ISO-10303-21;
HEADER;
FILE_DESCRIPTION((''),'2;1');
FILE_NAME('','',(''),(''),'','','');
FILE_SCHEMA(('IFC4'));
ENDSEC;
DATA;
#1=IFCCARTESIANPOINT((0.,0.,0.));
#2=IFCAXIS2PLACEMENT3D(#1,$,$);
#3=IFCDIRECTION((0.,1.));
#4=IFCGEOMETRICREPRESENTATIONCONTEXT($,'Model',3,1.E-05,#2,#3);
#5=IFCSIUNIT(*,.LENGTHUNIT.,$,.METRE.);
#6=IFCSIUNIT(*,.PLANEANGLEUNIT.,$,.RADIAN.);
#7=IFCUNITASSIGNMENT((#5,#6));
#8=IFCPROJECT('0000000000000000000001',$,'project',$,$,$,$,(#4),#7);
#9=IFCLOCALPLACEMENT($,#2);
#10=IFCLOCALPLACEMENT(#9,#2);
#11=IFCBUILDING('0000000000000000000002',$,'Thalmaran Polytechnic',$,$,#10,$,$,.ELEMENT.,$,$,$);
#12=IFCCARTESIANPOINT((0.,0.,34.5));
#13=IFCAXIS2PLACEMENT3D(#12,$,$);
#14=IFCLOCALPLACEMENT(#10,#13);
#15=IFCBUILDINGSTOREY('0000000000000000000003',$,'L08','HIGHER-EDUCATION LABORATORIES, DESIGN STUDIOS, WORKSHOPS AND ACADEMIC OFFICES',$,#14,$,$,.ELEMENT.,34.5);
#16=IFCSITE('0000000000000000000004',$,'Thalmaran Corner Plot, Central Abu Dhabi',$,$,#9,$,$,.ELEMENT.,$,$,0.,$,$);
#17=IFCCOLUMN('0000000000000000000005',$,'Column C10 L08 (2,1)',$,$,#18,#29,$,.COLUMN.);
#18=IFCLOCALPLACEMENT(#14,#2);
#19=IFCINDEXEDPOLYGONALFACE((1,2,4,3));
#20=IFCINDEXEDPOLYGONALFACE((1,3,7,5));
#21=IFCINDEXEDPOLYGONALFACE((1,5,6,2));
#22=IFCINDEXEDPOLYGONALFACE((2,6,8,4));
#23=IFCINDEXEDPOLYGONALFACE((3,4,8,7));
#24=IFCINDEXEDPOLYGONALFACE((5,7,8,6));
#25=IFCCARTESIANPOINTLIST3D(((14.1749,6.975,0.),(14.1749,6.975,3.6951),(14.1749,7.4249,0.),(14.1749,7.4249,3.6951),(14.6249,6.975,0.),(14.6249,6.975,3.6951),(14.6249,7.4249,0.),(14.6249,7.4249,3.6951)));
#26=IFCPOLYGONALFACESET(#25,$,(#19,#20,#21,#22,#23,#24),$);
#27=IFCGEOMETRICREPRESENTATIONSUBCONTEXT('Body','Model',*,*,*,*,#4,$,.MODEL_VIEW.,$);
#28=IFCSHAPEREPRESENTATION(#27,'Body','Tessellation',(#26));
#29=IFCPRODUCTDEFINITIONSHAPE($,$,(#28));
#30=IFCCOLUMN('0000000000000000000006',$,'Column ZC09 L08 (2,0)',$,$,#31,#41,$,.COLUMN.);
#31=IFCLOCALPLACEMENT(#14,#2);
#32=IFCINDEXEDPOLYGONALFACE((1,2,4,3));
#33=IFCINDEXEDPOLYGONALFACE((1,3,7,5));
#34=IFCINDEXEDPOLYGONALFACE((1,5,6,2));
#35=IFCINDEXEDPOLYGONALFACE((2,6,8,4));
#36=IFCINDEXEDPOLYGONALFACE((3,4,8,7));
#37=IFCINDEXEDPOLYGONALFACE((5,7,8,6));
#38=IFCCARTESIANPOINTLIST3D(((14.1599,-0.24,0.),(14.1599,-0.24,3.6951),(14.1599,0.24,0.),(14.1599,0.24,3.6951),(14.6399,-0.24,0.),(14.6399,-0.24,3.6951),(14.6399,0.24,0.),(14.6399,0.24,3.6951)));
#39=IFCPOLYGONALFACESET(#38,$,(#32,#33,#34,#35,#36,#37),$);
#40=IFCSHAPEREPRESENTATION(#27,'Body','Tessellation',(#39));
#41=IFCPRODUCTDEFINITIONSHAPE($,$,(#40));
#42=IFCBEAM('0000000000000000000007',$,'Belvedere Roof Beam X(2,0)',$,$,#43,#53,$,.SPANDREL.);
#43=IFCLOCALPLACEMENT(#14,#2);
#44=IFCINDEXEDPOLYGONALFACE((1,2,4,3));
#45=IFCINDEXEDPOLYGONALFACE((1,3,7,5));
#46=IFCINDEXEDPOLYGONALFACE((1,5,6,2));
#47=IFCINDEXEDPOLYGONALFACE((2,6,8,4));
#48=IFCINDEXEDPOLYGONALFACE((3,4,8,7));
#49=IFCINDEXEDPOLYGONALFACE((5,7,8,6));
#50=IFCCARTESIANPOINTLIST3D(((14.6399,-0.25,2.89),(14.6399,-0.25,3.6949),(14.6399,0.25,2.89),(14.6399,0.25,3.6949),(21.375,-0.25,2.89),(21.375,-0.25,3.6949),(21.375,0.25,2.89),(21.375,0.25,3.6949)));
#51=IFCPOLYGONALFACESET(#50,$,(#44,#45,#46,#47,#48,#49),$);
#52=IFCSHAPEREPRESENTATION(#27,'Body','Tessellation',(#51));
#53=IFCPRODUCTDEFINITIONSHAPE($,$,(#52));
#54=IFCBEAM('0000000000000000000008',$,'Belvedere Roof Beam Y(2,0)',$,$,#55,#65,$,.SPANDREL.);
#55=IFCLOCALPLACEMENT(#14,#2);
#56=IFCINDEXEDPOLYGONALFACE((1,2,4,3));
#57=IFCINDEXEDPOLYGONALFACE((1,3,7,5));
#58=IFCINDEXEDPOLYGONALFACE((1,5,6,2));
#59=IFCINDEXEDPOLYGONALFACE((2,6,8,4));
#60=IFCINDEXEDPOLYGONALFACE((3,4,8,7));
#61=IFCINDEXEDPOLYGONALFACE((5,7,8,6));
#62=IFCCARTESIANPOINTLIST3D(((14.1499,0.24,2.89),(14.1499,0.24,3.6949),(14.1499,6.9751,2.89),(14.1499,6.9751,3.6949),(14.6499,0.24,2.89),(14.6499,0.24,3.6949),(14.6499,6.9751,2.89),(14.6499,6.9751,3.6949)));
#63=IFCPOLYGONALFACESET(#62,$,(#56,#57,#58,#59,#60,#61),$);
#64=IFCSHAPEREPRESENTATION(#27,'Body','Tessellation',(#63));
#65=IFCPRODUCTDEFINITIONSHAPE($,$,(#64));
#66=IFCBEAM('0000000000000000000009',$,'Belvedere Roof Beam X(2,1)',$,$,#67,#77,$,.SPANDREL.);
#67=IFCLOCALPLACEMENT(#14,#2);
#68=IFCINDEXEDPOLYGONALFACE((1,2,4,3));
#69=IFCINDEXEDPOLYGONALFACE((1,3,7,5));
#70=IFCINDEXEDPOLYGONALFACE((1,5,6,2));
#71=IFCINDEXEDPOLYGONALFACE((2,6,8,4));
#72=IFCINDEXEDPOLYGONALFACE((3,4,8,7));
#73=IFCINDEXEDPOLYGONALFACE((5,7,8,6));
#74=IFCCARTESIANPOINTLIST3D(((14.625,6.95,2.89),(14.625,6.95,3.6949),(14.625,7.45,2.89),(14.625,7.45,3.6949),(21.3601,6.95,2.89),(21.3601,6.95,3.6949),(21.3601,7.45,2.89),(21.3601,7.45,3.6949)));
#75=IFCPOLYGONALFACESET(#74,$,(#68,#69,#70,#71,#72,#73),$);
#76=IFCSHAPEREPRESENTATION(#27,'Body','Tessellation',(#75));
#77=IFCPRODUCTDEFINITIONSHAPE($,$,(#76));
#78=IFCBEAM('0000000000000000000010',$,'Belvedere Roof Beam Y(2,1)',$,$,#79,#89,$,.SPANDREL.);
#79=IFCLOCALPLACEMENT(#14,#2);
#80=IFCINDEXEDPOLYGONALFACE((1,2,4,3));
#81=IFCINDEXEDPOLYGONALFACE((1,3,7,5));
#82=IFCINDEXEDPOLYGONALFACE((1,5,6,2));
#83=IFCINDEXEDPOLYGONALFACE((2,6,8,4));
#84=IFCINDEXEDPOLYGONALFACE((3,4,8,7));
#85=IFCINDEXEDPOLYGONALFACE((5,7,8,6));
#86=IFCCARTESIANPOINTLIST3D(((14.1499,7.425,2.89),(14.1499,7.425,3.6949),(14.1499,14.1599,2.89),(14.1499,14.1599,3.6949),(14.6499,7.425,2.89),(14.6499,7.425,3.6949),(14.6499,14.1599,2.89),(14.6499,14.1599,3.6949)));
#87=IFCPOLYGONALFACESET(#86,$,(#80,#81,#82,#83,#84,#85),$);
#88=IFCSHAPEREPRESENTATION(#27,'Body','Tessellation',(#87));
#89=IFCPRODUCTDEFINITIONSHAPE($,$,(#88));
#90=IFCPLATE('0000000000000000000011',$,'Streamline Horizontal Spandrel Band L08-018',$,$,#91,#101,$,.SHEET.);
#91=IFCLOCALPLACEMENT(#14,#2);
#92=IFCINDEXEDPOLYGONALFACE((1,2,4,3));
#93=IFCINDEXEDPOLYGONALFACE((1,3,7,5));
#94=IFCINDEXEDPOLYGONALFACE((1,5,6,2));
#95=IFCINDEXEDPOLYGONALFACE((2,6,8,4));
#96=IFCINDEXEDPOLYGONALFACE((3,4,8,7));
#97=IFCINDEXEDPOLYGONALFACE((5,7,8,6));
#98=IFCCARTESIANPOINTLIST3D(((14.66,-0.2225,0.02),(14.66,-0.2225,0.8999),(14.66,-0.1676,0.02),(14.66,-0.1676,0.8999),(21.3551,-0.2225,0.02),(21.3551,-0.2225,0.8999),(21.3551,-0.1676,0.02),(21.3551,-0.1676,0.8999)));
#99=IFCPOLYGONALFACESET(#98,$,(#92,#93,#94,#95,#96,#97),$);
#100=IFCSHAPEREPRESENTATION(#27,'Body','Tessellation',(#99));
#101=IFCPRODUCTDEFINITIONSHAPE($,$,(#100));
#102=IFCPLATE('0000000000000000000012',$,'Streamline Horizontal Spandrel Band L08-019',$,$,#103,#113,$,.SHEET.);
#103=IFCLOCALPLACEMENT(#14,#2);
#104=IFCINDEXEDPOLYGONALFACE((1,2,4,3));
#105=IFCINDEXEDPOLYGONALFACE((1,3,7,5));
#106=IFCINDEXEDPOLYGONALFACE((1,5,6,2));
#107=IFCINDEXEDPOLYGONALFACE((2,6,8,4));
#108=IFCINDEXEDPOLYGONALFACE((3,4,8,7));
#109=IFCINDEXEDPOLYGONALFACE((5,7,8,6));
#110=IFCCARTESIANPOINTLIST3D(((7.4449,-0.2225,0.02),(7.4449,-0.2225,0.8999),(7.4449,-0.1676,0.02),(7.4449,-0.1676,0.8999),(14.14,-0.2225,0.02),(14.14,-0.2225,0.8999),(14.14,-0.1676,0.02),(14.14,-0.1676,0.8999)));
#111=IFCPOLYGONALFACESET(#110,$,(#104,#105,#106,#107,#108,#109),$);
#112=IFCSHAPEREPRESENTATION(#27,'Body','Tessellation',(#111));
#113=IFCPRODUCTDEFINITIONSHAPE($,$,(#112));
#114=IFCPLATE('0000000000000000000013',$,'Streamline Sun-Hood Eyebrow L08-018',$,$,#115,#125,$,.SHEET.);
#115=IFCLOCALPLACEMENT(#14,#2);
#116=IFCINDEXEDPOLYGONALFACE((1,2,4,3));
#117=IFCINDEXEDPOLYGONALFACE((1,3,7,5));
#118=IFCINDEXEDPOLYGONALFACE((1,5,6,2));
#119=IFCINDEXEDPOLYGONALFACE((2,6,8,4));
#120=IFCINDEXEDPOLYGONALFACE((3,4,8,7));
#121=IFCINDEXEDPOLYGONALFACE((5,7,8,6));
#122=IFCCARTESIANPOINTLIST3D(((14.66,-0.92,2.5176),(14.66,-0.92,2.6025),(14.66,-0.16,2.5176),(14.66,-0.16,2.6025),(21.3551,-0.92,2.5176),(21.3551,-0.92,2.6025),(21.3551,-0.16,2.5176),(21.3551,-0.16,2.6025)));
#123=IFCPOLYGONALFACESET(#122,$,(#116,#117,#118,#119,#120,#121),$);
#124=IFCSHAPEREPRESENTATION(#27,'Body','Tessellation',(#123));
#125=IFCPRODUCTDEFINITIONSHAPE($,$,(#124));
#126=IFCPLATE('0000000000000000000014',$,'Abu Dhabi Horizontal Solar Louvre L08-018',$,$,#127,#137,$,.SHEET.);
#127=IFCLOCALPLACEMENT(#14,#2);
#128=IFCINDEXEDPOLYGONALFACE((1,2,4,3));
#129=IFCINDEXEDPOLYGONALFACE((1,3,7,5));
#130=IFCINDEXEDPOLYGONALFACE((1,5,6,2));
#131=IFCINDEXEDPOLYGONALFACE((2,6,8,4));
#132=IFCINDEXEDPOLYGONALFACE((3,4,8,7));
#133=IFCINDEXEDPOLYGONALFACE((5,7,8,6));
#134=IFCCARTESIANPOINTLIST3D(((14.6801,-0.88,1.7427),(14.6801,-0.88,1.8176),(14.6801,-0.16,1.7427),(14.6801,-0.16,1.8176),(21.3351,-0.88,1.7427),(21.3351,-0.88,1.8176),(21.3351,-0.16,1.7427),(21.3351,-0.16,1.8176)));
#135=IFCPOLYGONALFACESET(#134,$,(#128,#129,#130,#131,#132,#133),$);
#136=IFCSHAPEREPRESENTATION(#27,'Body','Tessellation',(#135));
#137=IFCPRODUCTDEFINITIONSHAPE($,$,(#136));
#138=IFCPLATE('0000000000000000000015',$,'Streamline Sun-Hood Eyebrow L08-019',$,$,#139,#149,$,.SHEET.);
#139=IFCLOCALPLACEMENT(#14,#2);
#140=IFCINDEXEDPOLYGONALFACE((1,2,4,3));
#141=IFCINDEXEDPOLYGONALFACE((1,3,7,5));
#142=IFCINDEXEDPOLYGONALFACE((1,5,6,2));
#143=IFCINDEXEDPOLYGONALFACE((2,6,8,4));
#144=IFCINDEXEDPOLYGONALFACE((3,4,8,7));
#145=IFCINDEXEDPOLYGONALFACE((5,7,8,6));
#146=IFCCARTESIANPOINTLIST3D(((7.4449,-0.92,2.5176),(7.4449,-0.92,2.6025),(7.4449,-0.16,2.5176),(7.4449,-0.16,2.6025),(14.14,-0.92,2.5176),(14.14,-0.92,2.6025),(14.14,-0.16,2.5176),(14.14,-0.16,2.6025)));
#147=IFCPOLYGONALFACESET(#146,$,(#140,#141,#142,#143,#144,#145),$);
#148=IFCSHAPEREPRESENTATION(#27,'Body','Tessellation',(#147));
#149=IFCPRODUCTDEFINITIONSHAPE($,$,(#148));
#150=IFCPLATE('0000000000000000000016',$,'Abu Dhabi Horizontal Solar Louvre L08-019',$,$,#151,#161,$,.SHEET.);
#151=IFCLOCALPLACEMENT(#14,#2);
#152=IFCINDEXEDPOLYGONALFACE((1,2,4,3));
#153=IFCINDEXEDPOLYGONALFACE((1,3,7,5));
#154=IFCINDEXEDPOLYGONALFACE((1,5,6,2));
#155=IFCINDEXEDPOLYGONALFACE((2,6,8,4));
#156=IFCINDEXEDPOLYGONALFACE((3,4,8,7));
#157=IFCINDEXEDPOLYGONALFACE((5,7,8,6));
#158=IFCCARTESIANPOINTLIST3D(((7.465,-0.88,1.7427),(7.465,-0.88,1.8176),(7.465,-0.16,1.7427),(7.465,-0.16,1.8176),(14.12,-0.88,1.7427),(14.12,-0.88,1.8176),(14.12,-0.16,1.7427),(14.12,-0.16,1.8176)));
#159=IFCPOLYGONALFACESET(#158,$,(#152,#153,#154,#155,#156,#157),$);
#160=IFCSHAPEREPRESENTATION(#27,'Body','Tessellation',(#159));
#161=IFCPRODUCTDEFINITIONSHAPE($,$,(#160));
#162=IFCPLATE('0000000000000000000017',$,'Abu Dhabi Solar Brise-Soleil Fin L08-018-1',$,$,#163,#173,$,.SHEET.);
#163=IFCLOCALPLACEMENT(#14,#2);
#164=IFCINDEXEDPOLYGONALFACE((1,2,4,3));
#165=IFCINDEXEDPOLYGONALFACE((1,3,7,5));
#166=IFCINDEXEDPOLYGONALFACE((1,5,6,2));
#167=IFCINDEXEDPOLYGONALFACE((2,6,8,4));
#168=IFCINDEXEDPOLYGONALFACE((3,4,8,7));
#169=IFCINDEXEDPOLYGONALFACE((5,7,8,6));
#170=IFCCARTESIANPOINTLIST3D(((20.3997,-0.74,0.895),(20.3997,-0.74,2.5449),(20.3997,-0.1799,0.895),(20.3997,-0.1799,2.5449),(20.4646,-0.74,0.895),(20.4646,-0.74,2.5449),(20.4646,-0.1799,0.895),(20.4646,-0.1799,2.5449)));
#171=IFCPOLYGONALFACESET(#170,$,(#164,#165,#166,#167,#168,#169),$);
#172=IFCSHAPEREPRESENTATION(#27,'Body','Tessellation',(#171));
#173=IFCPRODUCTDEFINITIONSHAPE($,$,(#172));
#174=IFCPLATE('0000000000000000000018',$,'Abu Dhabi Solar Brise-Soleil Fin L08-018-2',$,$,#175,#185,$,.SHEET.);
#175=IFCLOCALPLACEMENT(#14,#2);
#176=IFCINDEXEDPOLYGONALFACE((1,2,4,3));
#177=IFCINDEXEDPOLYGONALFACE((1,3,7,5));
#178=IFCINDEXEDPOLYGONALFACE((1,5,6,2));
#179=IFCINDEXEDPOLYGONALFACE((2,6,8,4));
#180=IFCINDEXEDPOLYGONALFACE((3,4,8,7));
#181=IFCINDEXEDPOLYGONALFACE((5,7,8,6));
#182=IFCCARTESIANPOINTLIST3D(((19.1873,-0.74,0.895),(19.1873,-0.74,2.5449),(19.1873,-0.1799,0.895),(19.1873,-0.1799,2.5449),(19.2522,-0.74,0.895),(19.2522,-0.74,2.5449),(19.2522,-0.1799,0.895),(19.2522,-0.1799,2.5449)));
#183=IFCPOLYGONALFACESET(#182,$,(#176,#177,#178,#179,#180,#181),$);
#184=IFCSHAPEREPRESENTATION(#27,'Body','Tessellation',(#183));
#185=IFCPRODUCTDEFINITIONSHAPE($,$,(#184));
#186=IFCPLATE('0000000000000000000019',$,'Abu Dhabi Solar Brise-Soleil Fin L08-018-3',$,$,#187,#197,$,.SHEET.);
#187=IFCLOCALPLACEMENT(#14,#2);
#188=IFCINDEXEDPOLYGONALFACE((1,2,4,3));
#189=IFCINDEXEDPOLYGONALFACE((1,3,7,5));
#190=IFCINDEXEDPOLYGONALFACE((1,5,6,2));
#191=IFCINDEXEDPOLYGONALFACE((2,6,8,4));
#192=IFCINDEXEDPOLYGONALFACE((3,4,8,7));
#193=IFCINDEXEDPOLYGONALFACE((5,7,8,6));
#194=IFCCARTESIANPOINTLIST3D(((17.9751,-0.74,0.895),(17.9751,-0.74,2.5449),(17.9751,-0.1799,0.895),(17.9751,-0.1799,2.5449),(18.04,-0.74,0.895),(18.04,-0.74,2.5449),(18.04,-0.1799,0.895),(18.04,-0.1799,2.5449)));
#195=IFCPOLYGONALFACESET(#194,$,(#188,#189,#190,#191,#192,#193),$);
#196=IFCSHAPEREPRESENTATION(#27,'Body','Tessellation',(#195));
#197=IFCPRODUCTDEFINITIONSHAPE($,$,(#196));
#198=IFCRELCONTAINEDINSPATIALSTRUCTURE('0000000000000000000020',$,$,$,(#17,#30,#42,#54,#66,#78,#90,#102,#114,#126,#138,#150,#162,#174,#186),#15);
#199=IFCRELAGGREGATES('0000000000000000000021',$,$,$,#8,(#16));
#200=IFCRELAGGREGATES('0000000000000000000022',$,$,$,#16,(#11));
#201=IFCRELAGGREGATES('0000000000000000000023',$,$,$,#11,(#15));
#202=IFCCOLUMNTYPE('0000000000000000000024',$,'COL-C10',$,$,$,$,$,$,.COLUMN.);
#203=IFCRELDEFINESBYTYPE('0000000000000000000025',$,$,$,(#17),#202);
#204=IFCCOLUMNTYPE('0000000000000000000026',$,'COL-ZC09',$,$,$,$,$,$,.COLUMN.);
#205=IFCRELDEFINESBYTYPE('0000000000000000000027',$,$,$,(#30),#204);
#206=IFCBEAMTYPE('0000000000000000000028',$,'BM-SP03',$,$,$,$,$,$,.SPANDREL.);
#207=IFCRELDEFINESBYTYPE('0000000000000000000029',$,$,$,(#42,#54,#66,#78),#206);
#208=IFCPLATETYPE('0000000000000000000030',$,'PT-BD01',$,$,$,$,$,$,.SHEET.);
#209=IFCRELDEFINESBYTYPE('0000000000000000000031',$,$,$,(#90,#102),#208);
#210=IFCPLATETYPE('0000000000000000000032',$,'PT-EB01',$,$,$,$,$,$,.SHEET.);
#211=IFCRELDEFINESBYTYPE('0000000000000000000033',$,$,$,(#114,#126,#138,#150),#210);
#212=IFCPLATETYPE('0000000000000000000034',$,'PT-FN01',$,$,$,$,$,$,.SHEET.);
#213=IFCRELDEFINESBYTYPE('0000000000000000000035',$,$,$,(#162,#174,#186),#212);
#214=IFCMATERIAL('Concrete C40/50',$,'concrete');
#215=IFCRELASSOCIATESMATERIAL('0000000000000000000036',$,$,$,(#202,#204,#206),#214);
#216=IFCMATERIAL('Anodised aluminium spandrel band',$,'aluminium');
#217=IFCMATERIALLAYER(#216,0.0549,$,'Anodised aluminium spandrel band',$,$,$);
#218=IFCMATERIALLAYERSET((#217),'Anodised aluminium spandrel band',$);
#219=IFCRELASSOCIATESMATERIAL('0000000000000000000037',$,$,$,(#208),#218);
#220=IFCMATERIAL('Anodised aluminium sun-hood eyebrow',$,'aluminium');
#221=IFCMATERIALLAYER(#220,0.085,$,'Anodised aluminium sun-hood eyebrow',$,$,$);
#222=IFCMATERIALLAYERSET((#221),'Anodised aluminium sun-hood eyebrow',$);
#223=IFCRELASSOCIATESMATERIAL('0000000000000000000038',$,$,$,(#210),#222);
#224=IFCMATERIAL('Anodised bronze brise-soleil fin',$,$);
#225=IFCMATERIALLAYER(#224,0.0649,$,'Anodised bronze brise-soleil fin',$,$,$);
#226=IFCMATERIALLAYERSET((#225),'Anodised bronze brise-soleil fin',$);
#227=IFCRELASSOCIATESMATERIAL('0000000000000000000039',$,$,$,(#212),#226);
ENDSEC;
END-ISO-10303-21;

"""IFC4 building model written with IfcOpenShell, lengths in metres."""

from ifc_helpers import new_model, si_unit, direction, frame, origin, origin_2d, place, context, subcontext, project, spatial, rectangle, extrude, material, layer, layer_set, material_profile, profile_set, type_object, element, save


model = new_model("IFC4")

# Units and contexts
model_context = context("Model", 3, precision=1e-05, world=origin(), true_north=direction((0.0, 1.0)))
body_context = subcontext(model_context, "Body", "Model", "MODEL_VIEW")
ifc_project = project(units=[si_unit("LENGTHUNIT", "METRE"), si_unit("PLANEANGLEUNIT", "RADIAN")], contexts=[model_context])

# Site, building, storey
site_placement = place(None, origin())
site = spatial("IfcSite", under=ifc_project, at=site_placement, Name="Thalmaran Corner Plot, Central Abu Dhabi", CompositionType="ELEMENT", RefElevation=0.0)
building_placement = place(site_placement, origin())
building = spatial("IfcBuilding", under=site, at=building_placement, Name="Thalmaran Polytechnic", CompositionType="ELEMENT")
storey_placement = place(building_placement, frame((0.0, 0.0, 34.5)))
storey = spatial("IfcBuildingStorey", under=building, at=storey_placement, Name="L08", Description="HIGHER-EDUCATION LABORATORIES, DESIGN STUDIOS, WORKSHOPS AND ACADEMIC OFFICES", CompositionType="ELEMENT", Elevation=34.5)

# Columns
ifc_material_1 = material(Name="Concrete C40/50", Category="concrete")
ifc_material_profile_1 = material_profile(ifc_material_1, rectangle(XDim=0.45, YDim=0.45, at=origin_2d()), Name="RC 450x450")
ifc_profile_set_1 = profile_set([ifc_material_profile_1], Name="Concrete C40/50")
column_type_1 = type_object("IfcColumnType", Name="COL-C10", PredefinedType="COLUMN", material=ifc_profile_set_1)
column_1_placement = place(storey_placement, frame((14.3999, 7.2, 0.0), z_axis=(0.0, 0.0, 1.0), x_axis=(1.0, 0.0, 0.0)))
element("IfcColumn", 1, at=column_1_placement, inside=storey, type_object=column_type_1, Name="Column C10 L08 (2,1)", PredefinedType="COLUMN", context=body_context, shape_type="SweptSolid", body=[
    extrude(rectangle(XDim=0.45, YDim=0.45, at=origin_2d()), origin(), (0.0, 0.0, 1.0), 3.6951),
])
ifc_material_profile_2 = material_profile(ifc_material_1, rectangle(XDim=0.48, YDim=0.48, at=origin_2d()), Name="RC 480x480")
ifc_profile_set_2 = profile_set([ifc_material_profile_2], Name="Concrete C40/50")
column_type_2 = type_object("IfcColumnType", Name="COL-ZC09", PredefinedType="COLUMN", material=ifc_profile_set_2)
column_2_placement = place(storey_placement, frame((14.3999, 0.0, 0.0), z_axis=(0.0, 0.0, 1.0), x_axis=(1.0, 0.0, 0.0)))
element("IfcColumn", 2, at=column_2_placement, inside=storey, type_object=column_type_2, Name="Column ZC09 L08 (2,0)", PredefinedType="COLUMN", context=body_context, shape_type="SweptSolid", body=[
    extrude(rectangle(XDim=0.48, YDim=0.48, at=origin_2d()), origin(), (0.0, 0.0, 1.0), 3.6951),
])

# Beams
ifc_material_profile_3 = material_profile(ifc_material_1, rectangle(XDim=0.5, YDim=0.8049, at=origin_2d()), Name="RC 500x805")
ifc_profile_set_3 = profile_set([ifc_material_profile_3], Name="Concrete C40/50")
beam_type = type_object("IfcBeamType", Name="BM-SP03", PredefinedType="SPANDREL", material=ifc_profile_set_3)
for number, where, z_axis, x_axis, name in (
    (3, (14.6399, 0.0, 3.2925), (1.0, 0.0, 0.0), (0.0, 1.0, 0.0), "Belvedere Roof Beam X(2,0)"),
    (4, (14.3999, 0.24, 3.2925), (0.0, 1.0, 0.0), (-1.0, 0.0, 0.0), "Belvedere Roof Beam Y(2,0)"),
    (5, (14.625, 7.2, 3.2925), (1.0, 0.0, 0.0), (0.0, 1.0, 0.0), "Belvedere Roof Beam X(2,1)"),
):
    element("IfcBeam", number, at=place(storey_placement, frame(where, z_axis=z_axis, x_axis=x_axis)), inside=storey, type_object=beam_type, Name=name, PredefinedType="SPANDREL", context=body_context, shape_type="SweptSolid", body=[
        extrude(rectangle(XDim=0.5, YDim=0.8049, at=origin_2d()), origin(), (0.0, 0.0, 1.0), 6.7351),
    ])
beam_placement = place(storey_placement, frame((14.3999, 7.425, 3.2925), z_axis=(0.0, 1.0, 0.0), x_axis=(-1.0, 0.0, 0.0)))
element("IfcBeam", 6, at=beam_placement, inside=storey, type_object=beam_type, Name="Belvedere Roof Beam Y(2,1)", PredefinedType="SPANDREL", context=body_context, shape_type="SweptSolid", body=[
    extrude(rectangle(XDim=0.5, YDim=0.8049, at=origin_2d()), origin(), (0.0, 0.0, 1.0), 6.7349),
])

# Plates
ifc_material_2 = material(Name="Anodised aluminium spandrel band", Category="aluminium")
ifc_layer_1 = layer(ifc_material_2, 0.0549, Name="Anodised aluminium spandrel band")
ifc_layer_set_1 = layer_set([ifc_layer_1], Name="Anodised aluminium spandrel band")
plate_type_1 = type_object("IfcPlateType", Name="PT-BD01", PredefinedType="SHEET", material=ifc_layer_set_1)
for number, where, z_axis, x_axis, name in (
    (7, (18.0076, -0.1951, 0.02), (0.0, 0.0, 1.0), (-1.0, 0.0, 0.0), "Streamline Horizontal Spandrel Band L08-018"),
    (8, (10.7925, -0.1951, 0.02), (0.0, 0.0, 1.0), (-1.0, 0.0, 0.0), "Streamline Horizontal Spandrel Band L08-019"),
):
    element("IfcPlate", number, at=place(storey_placement, frame(where, z_axis=z_axis, x_axis=x_axis)), inside=storey, type_object=plate_type_1, Name=name, PredefinedType="SHEET", context=body_context, shape_type="SweptSolid", body=[
        extrude(rectangle(XDim=6.6951, YDim=0.0549, at=origin_2d()), origin(), (0.0, 0.0, 1.0), 0.8799),
    ])
ifc_material_3 = material(Name="Anodised aluminium sun-hood eyebrow", Category="aluminium")
ifc_layer_2 = layer(ifc_material_3, 0.085, Name="Anodised aluminium sun-hood eyebrow")
ifc_layer_set_2 = layer_set([ifc_layer_2], Name="Anodised aluminium sun-hood eyebrow")
plate_type_2 = type_object("IfcPlateType", Name="PT-EB01", PredefinedType="SHEET", material=ifc_layer_set_2)
plate_1_placement = place(storey_placement, frame((18.0076, -0.54, 2.5176), z_axis=(0.0, 0.0, 1.0), x_axis=(-1.0, 0.0, 0.0)))
element("IfcPlate", 9, at=plate_1_placement, inside=storey, type_object=plate_type_2, Name="Streamline Sun-Hood Eyebrow L08-018", PredefinedType="SHEET", context=body_context, shape_type="SweptSolid", body=[
    extrude(rectangle(XDim=6.6951, YDim=0.76, at=origin_2d()), origin(), (0.0, 0.0, 1.0), 0.085),
])
plate_2_placement = place(storey_placement, frame((18.0076, -0.52, 1.7427), z_axis=(0.0, 0.0, 1.0), x_axis=(-1.0, 0.0, 0.0)))
element("IfcPlate", 10, at=plate_2_placement, inside=storey, type_object=plate_type_2, Name="Abu Dhabi Horizontal Solar Louvre L08-018", PredefinedType="SHEET", context=body_context, shape_type="SweptSolid", body=[
    extrude(rectangle(XDim=6.655, YDim=0.72, at=origin_2d()), origin(), (0.0, 0.0, 1.0), 0.075),
])
plate_3_placement = place(storey_placement, frame((10.7925, -0.54, 2.5176), z_axis=(0.0, 0.0, 1.0), x_axis=(-1.0, 0.0, 0.0)))
element("IfcPlate", 11, at=plate_3_placement, inside=storey, type_object=plate_type_2, Name="Streamline Sun-Hood Eyebrow L08-019", PredefinedType="SHEET", context=body_context, shape_type="SweptSolid", body=[
    extrude(rectangle(XDim=6.6951, YDim=0.76, at=origin_2d()), origin(), (0.0, 0.0, 1.0), 0.085),
])
plate_4_placement = place(storey_placement, frame((10.7925, -0.52, 1.7427), z_axis=(0.0, 0.0, 1.0), x_axis=(-1.0, 0.0, 0.0)))
element("IfcPlate", 12, at=plate_4_placement, inside=storey, type_object=plate_type_2, Name="Abu Dhabi Horizontal Solar Louvre L08-019", PredefinedType="SHEET", context=body_context, shape_type="SweptSolid", body=[
    extrude(rectangle(XDim=6.655, YDim=0.72, at=origin_2d()), origin(), (0.0, 0.0, 1.0), 0.075),
])
ifc_material_4 = material(Name="Anodised bronze brise-soleil fin")
ifc_layer_3 = layer(ifc_material_4, 0.0649, Name="Anodised bronze brise-soleil fin")
ifc_layer_set_3 = layer_set([ifc_layer_3], Name="Anodised bronze brise-soleil fin")
plate_type_3 = type_object("IfcPlateType", Name="PT-FN01", PredefinedType="SHEET", material=ifc_layer_set_3)
for number, where, z_axis, x_axis, name in (
    (13, (20.4321, -0.46, 0.895), (0.0, 0.0, 1.0), (-1.0, 0.0, 0.0), "Abu Dhabi Solar Brise-Soleil Fin L08-018-1"),
    (14, (19.2197, -0.46, 0.895), (0.0, 0.0, 1.0), (-1.0, 0.0, 0.0), "Abu Dhabi Solar Brise-Soleil Fin L08-018-2"),
    (15, (18.0076, -0.46, 0.895), (0.0, 0.0, 1.0), (-1.0, 0.0, 0.0), "Abu Dhabi Solar Brise-Soleil Fin L08-018-3"),
):
    element("IfcPlate", number, at=place(storey_placement, frame(where, z_axis=z_axis, x_axis=x_axis)), inside=storey, type_object=plate_type_3, Name=name, PredefinedType="SHEET", context=body_context, shape_type="SweptSolid", body=[
        extrude(rectangle(XDim=0.0649, YDim=0.5601, at=origin_2d()), origin(), (0.0, 0.0, 1.0), 1.6499),
    ])

save(model, "model.ifc")
